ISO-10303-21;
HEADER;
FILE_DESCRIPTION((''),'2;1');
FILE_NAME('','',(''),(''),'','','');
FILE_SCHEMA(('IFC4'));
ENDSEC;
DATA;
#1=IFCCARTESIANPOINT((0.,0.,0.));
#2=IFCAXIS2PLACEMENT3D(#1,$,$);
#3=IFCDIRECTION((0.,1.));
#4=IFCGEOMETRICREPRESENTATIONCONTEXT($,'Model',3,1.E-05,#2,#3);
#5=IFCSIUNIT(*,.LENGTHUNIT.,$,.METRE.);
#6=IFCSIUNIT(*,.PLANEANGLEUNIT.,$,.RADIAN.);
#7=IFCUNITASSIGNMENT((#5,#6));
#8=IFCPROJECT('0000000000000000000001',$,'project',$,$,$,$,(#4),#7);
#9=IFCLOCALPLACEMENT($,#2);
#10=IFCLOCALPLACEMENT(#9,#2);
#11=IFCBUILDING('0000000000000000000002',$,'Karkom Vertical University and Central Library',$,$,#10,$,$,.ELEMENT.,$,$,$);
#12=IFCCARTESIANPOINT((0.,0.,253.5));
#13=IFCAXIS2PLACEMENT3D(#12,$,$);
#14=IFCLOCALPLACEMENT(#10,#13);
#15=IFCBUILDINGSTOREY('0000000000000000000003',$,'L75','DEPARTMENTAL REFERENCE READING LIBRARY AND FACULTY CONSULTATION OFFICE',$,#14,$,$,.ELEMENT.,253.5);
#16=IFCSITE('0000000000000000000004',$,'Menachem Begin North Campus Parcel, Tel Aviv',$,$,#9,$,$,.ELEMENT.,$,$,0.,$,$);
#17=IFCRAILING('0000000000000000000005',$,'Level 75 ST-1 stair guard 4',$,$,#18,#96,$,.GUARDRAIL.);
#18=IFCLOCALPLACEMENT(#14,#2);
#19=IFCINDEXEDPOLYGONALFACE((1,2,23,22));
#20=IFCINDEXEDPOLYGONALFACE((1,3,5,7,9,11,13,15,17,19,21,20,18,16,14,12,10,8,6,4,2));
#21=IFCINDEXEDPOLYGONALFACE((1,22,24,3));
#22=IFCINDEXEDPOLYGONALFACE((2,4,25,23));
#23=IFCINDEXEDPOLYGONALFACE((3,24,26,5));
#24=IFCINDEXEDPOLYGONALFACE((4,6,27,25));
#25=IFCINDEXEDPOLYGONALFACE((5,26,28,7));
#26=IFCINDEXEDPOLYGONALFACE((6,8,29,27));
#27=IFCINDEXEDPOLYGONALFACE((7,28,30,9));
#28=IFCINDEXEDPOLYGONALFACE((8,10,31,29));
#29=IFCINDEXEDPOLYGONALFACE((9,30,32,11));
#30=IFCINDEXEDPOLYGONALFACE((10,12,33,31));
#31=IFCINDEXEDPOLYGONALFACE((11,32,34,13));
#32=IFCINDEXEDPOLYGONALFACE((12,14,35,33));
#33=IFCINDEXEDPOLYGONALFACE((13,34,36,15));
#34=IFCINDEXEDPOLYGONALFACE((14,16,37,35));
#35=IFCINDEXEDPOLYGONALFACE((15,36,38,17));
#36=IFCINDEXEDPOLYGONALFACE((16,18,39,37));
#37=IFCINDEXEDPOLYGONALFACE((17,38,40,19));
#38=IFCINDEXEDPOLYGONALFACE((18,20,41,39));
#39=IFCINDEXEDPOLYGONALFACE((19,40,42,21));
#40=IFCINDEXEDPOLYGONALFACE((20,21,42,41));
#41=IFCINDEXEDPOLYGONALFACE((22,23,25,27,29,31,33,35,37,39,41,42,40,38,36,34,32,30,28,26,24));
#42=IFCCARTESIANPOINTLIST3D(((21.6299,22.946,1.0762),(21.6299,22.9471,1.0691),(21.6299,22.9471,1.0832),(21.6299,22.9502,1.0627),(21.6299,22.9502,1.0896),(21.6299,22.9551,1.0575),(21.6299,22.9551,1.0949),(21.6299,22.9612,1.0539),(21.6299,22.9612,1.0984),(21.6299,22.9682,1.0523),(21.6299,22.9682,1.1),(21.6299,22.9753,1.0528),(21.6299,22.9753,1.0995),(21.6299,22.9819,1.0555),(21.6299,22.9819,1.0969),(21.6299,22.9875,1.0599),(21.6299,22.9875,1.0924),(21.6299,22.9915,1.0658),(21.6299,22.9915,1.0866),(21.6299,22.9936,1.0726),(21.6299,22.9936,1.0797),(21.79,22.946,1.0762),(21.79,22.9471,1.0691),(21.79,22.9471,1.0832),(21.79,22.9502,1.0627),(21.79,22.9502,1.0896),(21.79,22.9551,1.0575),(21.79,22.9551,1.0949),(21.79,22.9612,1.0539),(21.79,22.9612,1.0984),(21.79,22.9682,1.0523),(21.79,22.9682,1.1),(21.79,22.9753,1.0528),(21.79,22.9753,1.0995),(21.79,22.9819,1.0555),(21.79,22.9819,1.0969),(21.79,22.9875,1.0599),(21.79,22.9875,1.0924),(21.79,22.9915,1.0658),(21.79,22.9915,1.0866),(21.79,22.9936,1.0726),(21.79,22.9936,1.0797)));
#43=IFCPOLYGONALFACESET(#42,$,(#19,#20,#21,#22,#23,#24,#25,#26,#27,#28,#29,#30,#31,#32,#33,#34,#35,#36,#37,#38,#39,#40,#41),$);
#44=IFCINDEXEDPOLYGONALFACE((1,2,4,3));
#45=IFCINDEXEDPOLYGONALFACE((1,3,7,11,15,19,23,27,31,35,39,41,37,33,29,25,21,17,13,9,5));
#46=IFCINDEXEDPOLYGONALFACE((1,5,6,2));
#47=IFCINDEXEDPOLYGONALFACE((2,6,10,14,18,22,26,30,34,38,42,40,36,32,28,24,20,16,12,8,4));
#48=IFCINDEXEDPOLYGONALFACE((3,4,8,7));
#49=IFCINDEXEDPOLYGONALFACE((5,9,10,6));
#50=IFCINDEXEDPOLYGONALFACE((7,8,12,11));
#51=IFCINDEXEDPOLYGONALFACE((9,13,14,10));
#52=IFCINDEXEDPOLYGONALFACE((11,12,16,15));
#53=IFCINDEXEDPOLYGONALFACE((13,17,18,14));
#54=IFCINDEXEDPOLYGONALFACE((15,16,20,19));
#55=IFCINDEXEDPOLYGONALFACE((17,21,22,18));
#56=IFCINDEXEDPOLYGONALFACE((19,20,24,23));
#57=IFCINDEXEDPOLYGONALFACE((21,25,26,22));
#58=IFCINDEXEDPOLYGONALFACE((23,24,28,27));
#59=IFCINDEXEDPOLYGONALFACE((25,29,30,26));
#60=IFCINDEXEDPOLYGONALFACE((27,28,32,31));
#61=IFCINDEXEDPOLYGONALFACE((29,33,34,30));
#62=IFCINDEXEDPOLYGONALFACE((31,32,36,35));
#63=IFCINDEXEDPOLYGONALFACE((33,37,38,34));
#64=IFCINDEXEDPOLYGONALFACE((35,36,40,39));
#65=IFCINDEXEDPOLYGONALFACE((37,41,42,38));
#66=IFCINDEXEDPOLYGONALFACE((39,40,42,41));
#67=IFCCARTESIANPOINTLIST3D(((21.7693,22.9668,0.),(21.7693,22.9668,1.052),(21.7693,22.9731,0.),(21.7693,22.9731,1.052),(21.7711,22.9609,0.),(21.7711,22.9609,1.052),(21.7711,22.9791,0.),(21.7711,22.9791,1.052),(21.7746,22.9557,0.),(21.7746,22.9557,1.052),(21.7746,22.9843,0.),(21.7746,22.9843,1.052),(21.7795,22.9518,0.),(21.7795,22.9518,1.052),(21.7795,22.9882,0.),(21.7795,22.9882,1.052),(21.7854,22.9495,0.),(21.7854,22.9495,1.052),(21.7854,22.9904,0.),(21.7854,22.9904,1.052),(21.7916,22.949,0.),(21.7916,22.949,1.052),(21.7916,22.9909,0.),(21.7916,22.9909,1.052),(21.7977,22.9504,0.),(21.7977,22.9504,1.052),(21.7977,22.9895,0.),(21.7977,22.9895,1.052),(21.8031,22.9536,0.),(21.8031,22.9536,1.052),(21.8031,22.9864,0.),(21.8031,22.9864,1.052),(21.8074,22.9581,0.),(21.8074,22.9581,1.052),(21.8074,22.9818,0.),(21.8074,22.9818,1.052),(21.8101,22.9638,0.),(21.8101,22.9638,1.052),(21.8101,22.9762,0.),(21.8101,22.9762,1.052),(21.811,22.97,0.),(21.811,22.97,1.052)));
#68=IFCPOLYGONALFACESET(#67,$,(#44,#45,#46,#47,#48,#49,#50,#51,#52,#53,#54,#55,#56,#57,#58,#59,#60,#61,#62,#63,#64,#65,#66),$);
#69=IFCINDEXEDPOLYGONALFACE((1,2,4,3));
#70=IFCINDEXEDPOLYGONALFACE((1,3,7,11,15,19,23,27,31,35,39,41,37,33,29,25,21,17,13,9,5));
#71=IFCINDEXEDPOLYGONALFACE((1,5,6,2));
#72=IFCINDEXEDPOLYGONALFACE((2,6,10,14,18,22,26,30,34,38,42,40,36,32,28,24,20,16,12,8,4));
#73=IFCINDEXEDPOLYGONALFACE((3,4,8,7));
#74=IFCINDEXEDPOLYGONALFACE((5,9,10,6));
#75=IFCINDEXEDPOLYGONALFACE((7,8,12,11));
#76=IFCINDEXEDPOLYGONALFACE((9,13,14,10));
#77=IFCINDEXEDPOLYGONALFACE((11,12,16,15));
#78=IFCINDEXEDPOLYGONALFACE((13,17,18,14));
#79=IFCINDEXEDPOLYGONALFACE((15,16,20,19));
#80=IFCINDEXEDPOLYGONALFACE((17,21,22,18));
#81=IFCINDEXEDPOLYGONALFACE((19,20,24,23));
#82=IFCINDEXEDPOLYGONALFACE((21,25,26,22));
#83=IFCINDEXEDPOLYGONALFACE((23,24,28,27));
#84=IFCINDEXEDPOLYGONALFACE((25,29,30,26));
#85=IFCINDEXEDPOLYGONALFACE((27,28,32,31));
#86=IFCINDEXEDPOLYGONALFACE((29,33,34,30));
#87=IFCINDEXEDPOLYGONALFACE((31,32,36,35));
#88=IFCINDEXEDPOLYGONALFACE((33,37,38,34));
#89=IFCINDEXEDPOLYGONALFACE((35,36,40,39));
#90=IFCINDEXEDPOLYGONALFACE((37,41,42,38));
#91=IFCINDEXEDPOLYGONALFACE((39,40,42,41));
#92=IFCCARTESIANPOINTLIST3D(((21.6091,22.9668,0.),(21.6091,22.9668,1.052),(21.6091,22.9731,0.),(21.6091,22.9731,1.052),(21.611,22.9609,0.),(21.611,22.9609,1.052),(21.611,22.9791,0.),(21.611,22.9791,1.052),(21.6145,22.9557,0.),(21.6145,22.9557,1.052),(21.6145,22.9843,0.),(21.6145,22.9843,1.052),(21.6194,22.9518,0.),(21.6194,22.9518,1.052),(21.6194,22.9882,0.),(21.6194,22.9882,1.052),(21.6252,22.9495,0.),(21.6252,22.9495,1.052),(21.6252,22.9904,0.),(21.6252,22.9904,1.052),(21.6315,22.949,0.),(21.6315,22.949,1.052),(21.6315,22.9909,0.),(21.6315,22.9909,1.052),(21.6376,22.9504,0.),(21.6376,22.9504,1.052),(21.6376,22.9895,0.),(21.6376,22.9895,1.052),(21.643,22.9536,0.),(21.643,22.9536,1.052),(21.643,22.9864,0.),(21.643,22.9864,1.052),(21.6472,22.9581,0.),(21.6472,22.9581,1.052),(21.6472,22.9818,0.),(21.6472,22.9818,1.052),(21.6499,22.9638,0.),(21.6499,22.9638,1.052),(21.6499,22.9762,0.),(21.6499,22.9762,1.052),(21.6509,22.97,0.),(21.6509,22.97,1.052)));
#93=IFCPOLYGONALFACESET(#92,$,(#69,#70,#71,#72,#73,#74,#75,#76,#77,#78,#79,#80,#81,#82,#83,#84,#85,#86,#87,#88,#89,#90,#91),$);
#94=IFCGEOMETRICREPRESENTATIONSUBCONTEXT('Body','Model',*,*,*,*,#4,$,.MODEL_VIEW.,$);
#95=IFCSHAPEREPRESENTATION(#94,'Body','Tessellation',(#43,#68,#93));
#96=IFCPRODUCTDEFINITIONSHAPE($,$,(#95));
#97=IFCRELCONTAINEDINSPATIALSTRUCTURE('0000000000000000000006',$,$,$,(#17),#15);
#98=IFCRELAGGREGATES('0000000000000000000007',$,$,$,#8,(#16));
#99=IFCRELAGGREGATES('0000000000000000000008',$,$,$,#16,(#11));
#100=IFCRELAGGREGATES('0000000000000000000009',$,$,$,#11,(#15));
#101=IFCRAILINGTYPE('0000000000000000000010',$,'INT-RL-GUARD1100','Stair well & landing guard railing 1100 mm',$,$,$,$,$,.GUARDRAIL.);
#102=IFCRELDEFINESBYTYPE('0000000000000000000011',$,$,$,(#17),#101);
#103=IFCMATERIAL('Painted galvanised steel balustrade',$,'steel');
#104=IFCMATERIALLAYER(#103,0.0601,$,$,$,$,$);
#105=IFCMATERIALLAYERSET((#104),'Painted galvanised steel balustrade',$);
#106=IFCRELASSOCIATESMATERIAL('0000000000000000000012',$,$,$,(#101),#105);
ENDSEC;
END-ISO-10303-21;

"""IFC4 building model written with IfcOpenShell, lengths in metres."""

from ifc_helpers import new_model, si_unit, direction, frame, origin, origin_2d, place, context, subcontext, project, spatial, circle, extrude, material, layer, layer_set, type_object, element, save


model = new_model("IFC4")

# Units and contexts
model_context = context("Model", 3, precision=1e-05, world=origin(), true_north=direction((0.0, 1.0)))
body_context = subcontext(model_context, "Body", "Model", "MODEL_VIEW")
ifc_project = project(units=[si_unit("LENGTHUNIT", "METRE"), si_unit("PLANEANGLEUNIT", "RADIAN")], contexts=[model_context])

# Site, building, storey
site_placement = place(None, origin())
site = spatial("IfcSite", under=ifc_project, at=site_placement, Name="Menachem Begin North Campus Parcel, Tel Aviv", CompositionType="ELEMENT", RefElevation=0.0)
building_placement = place(site_placement, origin())
building = spatial("IfcBuilding", under=site, at=building_placement, Name="Karkom Vertical University and Central Library", CompositionType="ELEMENT")
storey_placement = place(building_placement, frame((0.0, 0.0, 253.5)))
storey = spatial("IfcBuildingStorey", under=building, at=storey_placement, Name="L75", Description="DEPARTMENTAL REFERENCE READING LIBRARY AND FACULTY CONSULTATION OFFICE", CompositionType="ELEMENT", Elevation=253.5)

# Railing
ifc_material_1 = material(Name="Painted galvanised steel balustrade", Category="steel")
ifc_layer_1 = layer(ifc_material_1, 0.0601)
ifc_layer_set_1 = layer_set([ifc_layer_1], Name="Painted galvanised steel balustrade")
railing_type = type_object("IfcRailingType", Name="INT-RL-GUARD1100", Description="Stair well & landing guard railing 1100 mm", PredefinedType="GUARDRAIL", material=ifc_layer_set_1)
railing_1_placement = place(storey_placement, frame((21.79, 22.97, 0.0)))
element("IfcRailing", 1, at=railing_1_placement, inside=storey, type_object=railing_type, Name="Level 75 ST-1 stair guard 4", PredefinedType="GUARDRAIL", context=body_context, shape_type="SweptSolid", body=[
    extrude(circle(Radius=0.0239, at=origin_2d()), frame((0.0, 0.0, 1.0762), z_axis=(-1.0, 0.0, 0.0), x_axis=(0.0, -1.0, 0.0)), (0.0, 0.0, 1.0), 0.1602),
    extrude(circle(Radius=0.021, at=origin_2d()), origin(), (0.0, 0.0, 1.0), 1.052),
    extrude(circle(Radius=0.021, at=origin_2d()), frame((-0.1602, 0.0, 0.0)), (0.0, 0.0, 1.0), 1.052),
])

save(model, "model.ifc")
